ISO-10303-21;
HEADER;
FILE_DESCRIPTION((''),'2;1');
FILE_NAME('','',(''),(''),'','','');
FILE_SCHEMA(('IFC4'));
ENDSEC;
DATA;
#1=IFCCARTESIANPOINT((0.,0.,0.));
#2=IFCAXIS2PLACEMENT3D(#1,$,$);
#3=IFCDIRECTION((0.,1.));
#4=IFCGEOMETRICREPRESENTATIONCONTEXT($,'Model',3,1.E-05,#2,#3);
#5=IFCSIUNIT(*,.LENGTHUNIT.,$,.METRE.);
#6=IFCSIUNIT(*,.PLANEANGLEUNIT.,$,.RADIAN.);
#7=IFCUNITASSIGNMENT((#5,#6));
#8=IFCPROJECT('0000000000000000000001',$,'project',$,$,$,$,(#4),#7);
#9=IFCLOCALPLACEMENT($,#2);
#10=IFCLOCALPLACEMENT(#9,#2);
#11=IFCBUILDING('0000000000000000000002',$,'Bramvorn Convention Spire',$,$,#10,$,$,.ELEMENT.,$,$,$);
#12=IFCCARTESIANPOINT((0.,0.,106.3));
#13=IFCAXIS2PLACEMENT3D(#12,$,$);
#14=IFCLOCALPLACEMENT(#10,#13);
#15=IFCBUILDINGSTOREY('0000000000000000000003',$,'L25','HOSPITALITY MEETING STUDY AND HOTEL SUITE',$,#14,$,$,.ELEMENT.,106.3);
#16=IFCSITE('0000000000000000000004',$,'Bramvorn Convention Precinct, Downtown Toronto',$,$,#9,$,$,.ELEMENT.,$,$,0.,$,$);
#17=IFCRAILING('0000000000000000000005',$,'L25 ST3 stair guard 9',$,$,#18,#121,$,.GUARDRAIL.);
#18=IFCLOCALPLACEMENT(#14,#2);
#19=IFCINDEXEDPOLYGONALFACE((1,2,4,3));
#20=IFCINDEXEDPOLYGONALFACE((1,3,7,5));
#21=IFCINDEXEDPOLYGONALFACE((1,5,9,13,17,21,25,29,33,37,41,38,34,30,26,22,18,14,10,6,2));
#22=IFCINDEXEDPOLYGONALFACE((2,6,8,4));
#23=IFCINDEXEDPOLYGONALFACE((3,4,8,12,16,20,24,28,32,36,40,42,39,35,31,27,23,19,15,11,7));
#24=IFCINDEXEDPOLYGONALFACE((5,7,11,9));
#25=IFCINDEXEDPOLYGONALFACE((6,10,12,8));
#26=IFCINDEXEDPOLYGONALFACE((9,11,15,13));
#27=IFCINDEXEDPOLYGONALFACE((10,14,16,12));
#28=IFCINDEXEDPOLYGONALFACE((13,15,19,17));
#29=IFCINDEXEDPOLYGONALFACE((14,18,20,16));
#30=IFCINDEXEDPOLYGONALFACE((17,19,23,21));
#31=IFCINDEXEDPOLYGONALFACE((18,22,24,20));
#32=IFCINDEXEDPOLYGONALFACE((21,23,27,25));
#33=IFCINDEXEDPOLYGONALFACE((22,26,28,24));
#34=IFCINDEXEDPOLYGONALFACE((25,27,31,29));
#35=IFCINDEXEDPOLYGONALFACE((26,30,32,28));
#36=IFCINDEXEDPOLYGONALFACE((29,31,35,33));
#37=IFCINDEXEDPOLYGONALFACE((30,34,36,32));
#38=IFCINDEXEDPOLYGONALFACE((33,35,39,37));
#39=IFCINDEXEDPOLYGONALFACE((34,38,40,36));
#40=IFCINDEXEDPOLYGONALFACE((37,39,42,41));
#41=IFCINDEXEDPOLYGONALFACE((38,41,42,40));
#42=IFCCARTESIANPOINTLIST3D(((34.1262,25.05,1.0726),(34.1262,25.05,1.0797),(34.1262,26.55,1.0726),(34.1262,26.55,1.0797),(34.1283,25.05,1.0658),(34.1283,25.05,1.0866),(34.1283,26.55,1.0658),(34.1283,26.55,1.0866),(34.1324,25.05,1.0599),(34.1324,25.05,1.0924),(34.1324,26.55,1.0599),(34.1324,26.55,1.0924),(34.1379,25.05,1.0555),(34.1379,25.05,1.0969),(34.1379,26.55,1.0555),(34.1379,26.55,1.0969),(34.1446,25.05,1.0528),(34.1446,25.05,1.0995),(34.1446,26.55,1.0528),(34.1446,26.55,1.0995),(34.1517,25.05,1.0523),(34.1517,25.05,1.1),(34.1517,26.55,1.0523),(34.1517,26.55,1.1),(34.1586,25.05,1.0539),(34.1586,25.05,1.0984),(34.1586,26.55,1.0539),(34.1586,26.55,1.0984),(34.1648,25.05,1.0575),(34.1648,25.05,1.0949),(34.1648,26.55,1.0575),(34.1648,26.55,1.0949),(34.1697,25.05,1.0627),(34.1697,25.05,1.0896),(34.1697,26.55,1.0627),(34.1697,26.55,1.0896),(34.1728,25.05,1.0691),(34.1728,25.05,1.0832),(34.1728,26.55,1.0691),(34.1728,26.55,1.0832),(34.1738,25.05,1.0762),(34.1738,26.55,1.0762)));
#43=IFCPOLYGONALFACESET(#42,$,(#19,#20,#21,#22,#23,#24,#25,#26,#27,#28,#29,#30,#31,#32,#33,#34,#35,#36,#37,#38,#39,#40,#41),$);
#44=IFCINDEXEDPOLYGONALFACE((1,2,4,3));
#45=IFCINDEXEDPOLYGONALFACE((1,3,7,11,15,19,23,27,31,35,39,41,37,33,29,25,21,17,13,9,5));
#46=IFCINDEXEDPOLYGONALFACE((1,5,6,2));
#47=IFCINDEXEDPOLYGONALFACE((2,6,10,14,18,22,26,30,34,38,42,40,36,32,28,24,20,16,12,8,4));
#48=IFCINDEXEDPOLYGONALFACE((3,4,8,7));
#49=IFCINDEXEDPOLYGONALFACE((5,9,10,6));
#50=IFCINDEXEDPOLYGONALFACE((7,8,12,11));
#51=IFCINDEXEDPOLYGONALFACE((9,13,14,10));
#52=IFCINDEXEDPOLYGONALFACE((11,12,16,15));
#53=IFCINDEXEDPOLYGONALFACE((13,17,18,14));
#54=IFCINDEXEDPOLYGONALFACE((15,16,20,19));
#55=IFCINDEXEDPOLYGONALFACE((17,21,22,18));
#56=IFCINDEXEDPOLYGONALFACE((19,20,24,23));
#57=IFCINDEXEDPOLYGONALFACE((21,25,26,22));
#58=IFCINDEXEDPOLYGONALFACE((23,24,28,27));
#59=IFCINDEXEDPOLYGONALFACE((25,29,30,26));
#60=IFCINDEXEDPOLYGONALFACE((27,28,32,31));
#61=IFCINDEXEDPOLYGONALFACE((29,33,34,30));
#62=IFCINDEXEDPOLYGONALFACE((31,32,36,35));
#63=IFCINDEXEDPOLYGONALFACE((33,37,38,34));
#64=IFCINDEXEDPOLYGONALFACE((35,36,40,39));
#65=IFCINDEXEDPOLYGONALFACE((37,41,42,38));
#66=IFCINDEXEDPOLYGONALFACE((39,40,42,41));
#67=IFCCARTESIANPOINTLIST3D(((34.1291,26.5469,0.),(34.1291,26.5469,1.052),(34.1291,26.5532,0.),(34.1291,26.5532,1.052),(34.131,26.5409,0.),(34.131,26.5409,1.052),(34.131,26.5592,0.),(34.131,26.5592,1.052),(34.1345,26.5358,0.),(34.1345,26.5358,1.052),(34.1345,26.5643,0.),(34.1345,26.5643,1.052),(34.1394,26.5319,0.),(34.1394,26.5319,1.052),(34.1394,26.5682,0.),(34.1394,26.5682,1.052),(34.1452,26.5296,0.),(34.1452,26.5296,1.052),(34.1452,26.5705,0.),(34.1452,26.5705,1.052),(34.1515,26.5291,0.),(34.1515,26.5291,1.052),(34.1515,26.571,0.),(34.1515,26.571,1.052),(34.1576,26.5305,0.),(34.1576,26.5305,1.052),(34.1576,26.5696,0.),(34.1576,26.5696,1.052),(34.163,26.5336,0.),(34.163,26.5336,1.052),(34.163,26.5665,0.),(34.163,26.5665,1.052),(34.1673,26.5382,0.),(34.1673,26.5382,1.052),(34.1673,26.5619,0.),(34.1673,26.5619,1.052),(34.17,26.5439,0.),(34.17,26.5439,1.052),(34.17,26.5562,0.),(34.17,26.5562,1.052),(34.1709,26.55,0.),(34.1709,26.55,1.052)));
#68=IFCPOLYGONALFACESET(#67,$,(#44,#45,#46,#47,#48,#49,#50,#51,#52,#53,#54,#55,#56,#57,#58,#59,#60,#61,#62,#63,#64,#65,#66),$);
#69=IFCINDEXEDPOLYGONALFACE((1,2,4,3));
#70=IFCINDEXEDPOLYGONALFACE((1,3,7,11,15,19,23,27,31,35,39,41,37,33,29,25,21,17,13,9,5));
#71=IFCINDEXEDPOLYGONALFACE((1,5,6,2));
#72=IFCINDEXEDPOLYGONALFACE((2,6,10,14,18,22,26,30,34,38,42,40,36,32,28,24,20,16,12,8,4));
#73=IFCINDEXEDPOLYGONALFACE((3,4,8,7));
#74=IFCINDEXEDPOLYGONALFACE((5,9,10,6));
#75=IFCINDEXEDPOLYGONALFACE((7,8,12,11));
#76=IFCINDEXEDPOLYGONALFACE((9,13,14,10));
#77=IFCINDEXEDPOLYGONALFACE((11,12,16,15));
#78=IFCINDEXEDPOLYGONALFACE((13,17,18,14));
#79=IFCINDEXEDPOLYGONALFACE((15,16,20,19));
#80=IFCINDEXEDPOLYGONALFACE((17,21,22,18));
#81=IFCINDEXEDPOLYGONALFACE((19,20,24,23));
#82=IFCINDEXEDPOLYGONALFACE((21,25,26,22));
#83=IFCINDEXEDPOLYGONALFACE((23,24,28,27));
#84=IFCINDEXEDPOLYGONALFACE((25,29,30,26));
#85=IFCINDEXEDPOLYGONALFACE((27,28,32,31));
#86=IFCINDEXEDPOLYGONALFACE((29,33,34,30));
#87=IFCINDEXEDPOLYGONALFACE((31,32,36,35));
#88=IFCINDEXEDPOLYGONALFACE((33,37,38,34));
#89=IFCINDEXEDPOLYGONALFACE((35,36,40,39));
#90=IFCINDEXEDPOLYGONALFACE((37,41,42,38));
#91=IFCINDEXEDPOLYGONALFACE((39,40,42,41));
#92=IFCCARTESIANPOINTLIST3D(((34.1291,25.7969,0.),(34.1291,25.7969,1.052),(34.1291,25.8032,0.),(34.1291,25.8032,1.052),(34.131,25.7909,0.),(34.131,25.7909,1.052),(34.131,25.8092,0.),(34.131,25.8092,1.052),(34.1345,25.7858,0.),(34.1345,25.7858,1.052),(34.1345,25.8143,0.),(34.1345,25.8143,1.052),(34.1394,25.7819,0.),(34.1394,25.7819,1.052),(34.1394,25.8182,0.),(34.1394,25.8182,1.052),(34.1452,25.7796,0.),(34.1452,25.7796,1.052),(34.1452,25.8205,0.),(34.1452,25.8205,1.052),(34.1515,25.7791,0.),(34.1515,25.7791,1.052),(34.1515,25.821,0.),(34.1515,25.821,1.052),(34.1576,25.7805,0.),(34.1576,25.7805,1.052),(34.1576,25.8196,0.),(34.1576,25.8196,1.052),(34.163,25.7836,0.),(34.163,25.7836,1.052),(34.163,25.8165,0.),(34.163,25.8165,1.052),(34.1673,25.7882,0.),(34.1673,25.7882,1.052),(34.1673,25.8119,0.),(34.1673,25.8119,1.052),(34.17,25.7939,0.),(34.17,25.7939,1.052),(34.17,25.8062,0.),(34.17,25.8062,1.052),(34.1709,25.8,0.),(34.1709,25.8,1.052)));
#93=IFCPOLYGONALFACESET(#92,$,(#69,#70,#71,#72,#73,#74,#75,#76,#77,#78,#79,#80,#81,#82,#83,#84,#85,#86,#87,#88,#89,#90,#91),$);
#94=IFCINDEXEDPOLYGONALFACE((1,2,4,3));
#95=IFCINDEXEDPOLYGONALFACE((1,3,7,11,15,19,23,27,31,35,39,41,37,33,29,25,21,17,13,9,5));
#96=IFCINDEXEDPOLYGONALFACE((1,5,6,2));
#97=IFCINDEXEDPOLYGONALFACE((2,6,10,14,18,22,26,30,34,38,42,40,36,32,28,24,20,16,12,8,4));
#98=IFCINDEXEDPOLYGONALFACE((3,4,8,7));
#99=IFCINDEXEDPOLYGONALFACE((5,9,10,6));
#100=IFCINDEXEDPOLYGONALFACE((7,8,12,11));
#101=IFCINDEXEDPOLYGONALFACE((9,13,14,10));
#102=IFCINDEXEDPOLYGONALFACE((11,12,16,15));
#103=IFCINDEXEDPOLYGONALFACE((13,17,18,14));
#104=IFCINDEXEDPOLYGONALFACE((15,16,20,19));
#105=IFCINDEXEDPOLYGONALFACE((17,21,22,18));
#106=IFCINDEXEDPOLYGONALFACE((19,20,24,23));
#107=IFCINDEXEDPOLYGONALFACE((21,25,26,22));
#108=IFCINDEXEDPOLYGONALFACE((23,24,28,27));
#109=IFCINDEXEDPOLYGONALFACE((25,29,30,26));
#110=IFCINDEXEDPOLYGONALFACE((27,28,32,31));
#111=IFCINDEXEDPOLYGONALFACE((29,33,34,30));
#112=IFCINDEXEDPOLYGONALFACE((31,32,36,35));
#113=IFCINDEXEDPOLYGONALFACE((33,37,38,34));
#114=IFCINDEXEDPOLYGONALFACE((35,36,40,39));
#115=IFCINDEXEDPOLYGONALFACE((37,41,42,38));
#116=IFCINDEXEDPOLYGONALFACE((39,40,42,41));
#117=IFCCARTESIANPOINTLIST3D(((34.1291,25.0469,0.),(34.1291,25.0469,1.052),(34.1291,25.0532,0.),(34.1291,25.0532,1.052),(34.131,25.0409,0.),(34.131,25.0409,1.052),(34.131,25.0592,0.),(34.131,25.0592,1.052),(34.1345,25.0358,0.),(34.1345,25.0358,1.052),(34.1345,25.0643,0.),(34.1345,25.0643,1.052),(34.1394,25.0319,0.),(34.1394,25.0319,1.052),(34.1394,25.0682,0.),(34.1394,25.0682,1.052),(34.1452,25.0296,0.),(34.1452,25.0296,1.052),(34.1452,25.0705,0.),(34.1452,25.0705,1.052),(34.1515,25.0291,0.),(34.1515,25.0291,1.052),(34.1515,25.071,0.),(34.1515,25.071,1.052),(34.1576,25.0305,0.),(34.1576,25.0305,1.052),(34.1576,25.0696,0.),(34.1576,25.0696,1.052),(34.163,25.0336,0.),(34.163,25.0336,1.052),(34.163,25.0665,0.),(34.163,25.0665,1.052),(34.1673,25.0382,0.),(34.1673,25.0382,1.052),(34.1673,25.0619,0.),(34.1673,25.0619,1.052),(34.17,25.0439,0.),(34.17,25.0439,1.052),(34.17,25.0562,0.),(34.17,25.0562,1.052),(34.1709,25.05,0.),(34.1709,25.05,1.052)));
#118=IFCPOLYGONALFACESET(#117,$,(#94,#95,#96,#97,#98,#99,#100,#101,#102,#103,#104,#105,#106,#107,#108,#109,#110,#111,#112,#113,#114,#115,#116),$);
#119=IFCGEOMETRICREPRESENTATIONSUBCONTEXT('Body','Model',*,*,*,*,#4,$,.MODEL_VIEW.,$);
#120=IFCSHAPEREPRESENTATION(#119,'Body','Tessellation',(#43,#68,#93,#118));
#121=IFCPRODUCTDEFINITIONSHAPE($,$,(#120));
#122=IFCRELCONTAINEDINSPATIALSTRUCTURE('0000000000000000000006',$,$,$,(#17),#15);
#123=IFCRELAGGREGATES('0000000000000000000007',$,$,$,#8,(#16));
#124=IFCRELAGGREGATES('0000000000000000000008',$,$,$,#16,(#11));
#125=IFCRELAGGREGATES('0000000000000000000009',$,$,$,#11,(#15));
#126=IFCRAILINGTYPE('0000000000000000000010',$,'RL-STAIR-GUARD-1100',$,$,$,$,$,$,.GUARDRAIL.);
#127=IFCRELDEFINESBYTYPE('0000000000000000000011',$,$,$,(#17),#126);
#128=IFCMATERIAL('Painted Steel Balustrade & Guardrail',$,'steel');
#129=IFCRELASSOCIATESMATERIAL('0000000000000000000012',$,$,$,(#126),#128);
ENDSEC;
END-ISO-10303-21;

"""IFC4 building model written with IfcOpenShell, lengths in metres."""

from ifc_helpers import new_model, si_unit, direction, frame, origin, origin_2d, place, context, subcontext, project, spatial, circle, extrude, material, type_object, element, save


model = new_model("IFC4")

# Units and contexts
model_context = context("Model", 3, precision=1e-05, world=origin(), true_north=direction((0.0, 1.0)))
body_context = subcontext(model_context, "Body", "Model", "MODEL_VIEW")
ifc_project = project(units=[si_unit("LENGTHUNIT", "METRE"), si_unit("PLANEANGLEUNIT", "RADIAN")], contexts=[model_context])

# Site, building, storey
site_placement = place(None, origin())
site = spatial("IfcSite", under=ifc_project, at=site_placement, Name="Bramvorn Convention Precinct, Downtown Toronto", CompositionType="ELEMENT", RefElevation=0.0)
building_placement = place(site_placement, origin())
building = spatial("IfcBuilding", under=site, at=building_placement, Name="Bramvorn Convention Spire", CompositionType="ELEMENT")
storey_placement = place(building_placement, frame((0.0, 0.0, 106.3)))
storey = spatial("IfcBuildingStorey", under=building, at=storey_placement, Name="L25", Description="HOSPITALITY MEETING STUDY AND HOTEL SUITE", CompositionType="ELEMENT", Elevation=106.3)

# Railing
ifc_material_1 = material(Name="Painted Steel Balustrade & Guardrail", Category="steel")
railing_type_1 = type_object("IfcRailingType", Name="RL-STAIR-GUARD-1100", PredefinedType="GUARDRAIL", material=ifc_material_1)
for number, where, name in (
    (1, (34.1499, 26.55, 0.0), "L25 ST3 stair guard 9"),
):
    element("IfcRailing", number, at=place(storey_placement, frame(where)), inside=storey, type_object=railing_type_1, Name=name, PredefinedType="GUARDRAIL", context=body_context, shape_type="SweptSolid", body=[
        extrude(circle(Radius=0.0239, at=origin_2d()), frame((0.0, 0.0, 1.0762), z_axis=(0.0, -1.0, 0.0), x_axis=(1.0, 0.0, 0.0)), (0.0, 0.0, 1.0), 1.5),
        extrude(circle(Radius=0.021, at=origin_2d()), origin(), (0.0, 0.0, 1.0), 1.052),
        extrude(circle(Radius=0.021, at=origin_2d()), frame((0.0, -0.75, 0.0)), (0.0, 0.0, 1.0), 1.052),
        extrude(circle(Radius=0.021, at=origin_2d()), frame((0.0, -1.5, 0.0)), (0.0, 0.0, 1.0), 1.052),
    ])

save(model, "model.ifc")
